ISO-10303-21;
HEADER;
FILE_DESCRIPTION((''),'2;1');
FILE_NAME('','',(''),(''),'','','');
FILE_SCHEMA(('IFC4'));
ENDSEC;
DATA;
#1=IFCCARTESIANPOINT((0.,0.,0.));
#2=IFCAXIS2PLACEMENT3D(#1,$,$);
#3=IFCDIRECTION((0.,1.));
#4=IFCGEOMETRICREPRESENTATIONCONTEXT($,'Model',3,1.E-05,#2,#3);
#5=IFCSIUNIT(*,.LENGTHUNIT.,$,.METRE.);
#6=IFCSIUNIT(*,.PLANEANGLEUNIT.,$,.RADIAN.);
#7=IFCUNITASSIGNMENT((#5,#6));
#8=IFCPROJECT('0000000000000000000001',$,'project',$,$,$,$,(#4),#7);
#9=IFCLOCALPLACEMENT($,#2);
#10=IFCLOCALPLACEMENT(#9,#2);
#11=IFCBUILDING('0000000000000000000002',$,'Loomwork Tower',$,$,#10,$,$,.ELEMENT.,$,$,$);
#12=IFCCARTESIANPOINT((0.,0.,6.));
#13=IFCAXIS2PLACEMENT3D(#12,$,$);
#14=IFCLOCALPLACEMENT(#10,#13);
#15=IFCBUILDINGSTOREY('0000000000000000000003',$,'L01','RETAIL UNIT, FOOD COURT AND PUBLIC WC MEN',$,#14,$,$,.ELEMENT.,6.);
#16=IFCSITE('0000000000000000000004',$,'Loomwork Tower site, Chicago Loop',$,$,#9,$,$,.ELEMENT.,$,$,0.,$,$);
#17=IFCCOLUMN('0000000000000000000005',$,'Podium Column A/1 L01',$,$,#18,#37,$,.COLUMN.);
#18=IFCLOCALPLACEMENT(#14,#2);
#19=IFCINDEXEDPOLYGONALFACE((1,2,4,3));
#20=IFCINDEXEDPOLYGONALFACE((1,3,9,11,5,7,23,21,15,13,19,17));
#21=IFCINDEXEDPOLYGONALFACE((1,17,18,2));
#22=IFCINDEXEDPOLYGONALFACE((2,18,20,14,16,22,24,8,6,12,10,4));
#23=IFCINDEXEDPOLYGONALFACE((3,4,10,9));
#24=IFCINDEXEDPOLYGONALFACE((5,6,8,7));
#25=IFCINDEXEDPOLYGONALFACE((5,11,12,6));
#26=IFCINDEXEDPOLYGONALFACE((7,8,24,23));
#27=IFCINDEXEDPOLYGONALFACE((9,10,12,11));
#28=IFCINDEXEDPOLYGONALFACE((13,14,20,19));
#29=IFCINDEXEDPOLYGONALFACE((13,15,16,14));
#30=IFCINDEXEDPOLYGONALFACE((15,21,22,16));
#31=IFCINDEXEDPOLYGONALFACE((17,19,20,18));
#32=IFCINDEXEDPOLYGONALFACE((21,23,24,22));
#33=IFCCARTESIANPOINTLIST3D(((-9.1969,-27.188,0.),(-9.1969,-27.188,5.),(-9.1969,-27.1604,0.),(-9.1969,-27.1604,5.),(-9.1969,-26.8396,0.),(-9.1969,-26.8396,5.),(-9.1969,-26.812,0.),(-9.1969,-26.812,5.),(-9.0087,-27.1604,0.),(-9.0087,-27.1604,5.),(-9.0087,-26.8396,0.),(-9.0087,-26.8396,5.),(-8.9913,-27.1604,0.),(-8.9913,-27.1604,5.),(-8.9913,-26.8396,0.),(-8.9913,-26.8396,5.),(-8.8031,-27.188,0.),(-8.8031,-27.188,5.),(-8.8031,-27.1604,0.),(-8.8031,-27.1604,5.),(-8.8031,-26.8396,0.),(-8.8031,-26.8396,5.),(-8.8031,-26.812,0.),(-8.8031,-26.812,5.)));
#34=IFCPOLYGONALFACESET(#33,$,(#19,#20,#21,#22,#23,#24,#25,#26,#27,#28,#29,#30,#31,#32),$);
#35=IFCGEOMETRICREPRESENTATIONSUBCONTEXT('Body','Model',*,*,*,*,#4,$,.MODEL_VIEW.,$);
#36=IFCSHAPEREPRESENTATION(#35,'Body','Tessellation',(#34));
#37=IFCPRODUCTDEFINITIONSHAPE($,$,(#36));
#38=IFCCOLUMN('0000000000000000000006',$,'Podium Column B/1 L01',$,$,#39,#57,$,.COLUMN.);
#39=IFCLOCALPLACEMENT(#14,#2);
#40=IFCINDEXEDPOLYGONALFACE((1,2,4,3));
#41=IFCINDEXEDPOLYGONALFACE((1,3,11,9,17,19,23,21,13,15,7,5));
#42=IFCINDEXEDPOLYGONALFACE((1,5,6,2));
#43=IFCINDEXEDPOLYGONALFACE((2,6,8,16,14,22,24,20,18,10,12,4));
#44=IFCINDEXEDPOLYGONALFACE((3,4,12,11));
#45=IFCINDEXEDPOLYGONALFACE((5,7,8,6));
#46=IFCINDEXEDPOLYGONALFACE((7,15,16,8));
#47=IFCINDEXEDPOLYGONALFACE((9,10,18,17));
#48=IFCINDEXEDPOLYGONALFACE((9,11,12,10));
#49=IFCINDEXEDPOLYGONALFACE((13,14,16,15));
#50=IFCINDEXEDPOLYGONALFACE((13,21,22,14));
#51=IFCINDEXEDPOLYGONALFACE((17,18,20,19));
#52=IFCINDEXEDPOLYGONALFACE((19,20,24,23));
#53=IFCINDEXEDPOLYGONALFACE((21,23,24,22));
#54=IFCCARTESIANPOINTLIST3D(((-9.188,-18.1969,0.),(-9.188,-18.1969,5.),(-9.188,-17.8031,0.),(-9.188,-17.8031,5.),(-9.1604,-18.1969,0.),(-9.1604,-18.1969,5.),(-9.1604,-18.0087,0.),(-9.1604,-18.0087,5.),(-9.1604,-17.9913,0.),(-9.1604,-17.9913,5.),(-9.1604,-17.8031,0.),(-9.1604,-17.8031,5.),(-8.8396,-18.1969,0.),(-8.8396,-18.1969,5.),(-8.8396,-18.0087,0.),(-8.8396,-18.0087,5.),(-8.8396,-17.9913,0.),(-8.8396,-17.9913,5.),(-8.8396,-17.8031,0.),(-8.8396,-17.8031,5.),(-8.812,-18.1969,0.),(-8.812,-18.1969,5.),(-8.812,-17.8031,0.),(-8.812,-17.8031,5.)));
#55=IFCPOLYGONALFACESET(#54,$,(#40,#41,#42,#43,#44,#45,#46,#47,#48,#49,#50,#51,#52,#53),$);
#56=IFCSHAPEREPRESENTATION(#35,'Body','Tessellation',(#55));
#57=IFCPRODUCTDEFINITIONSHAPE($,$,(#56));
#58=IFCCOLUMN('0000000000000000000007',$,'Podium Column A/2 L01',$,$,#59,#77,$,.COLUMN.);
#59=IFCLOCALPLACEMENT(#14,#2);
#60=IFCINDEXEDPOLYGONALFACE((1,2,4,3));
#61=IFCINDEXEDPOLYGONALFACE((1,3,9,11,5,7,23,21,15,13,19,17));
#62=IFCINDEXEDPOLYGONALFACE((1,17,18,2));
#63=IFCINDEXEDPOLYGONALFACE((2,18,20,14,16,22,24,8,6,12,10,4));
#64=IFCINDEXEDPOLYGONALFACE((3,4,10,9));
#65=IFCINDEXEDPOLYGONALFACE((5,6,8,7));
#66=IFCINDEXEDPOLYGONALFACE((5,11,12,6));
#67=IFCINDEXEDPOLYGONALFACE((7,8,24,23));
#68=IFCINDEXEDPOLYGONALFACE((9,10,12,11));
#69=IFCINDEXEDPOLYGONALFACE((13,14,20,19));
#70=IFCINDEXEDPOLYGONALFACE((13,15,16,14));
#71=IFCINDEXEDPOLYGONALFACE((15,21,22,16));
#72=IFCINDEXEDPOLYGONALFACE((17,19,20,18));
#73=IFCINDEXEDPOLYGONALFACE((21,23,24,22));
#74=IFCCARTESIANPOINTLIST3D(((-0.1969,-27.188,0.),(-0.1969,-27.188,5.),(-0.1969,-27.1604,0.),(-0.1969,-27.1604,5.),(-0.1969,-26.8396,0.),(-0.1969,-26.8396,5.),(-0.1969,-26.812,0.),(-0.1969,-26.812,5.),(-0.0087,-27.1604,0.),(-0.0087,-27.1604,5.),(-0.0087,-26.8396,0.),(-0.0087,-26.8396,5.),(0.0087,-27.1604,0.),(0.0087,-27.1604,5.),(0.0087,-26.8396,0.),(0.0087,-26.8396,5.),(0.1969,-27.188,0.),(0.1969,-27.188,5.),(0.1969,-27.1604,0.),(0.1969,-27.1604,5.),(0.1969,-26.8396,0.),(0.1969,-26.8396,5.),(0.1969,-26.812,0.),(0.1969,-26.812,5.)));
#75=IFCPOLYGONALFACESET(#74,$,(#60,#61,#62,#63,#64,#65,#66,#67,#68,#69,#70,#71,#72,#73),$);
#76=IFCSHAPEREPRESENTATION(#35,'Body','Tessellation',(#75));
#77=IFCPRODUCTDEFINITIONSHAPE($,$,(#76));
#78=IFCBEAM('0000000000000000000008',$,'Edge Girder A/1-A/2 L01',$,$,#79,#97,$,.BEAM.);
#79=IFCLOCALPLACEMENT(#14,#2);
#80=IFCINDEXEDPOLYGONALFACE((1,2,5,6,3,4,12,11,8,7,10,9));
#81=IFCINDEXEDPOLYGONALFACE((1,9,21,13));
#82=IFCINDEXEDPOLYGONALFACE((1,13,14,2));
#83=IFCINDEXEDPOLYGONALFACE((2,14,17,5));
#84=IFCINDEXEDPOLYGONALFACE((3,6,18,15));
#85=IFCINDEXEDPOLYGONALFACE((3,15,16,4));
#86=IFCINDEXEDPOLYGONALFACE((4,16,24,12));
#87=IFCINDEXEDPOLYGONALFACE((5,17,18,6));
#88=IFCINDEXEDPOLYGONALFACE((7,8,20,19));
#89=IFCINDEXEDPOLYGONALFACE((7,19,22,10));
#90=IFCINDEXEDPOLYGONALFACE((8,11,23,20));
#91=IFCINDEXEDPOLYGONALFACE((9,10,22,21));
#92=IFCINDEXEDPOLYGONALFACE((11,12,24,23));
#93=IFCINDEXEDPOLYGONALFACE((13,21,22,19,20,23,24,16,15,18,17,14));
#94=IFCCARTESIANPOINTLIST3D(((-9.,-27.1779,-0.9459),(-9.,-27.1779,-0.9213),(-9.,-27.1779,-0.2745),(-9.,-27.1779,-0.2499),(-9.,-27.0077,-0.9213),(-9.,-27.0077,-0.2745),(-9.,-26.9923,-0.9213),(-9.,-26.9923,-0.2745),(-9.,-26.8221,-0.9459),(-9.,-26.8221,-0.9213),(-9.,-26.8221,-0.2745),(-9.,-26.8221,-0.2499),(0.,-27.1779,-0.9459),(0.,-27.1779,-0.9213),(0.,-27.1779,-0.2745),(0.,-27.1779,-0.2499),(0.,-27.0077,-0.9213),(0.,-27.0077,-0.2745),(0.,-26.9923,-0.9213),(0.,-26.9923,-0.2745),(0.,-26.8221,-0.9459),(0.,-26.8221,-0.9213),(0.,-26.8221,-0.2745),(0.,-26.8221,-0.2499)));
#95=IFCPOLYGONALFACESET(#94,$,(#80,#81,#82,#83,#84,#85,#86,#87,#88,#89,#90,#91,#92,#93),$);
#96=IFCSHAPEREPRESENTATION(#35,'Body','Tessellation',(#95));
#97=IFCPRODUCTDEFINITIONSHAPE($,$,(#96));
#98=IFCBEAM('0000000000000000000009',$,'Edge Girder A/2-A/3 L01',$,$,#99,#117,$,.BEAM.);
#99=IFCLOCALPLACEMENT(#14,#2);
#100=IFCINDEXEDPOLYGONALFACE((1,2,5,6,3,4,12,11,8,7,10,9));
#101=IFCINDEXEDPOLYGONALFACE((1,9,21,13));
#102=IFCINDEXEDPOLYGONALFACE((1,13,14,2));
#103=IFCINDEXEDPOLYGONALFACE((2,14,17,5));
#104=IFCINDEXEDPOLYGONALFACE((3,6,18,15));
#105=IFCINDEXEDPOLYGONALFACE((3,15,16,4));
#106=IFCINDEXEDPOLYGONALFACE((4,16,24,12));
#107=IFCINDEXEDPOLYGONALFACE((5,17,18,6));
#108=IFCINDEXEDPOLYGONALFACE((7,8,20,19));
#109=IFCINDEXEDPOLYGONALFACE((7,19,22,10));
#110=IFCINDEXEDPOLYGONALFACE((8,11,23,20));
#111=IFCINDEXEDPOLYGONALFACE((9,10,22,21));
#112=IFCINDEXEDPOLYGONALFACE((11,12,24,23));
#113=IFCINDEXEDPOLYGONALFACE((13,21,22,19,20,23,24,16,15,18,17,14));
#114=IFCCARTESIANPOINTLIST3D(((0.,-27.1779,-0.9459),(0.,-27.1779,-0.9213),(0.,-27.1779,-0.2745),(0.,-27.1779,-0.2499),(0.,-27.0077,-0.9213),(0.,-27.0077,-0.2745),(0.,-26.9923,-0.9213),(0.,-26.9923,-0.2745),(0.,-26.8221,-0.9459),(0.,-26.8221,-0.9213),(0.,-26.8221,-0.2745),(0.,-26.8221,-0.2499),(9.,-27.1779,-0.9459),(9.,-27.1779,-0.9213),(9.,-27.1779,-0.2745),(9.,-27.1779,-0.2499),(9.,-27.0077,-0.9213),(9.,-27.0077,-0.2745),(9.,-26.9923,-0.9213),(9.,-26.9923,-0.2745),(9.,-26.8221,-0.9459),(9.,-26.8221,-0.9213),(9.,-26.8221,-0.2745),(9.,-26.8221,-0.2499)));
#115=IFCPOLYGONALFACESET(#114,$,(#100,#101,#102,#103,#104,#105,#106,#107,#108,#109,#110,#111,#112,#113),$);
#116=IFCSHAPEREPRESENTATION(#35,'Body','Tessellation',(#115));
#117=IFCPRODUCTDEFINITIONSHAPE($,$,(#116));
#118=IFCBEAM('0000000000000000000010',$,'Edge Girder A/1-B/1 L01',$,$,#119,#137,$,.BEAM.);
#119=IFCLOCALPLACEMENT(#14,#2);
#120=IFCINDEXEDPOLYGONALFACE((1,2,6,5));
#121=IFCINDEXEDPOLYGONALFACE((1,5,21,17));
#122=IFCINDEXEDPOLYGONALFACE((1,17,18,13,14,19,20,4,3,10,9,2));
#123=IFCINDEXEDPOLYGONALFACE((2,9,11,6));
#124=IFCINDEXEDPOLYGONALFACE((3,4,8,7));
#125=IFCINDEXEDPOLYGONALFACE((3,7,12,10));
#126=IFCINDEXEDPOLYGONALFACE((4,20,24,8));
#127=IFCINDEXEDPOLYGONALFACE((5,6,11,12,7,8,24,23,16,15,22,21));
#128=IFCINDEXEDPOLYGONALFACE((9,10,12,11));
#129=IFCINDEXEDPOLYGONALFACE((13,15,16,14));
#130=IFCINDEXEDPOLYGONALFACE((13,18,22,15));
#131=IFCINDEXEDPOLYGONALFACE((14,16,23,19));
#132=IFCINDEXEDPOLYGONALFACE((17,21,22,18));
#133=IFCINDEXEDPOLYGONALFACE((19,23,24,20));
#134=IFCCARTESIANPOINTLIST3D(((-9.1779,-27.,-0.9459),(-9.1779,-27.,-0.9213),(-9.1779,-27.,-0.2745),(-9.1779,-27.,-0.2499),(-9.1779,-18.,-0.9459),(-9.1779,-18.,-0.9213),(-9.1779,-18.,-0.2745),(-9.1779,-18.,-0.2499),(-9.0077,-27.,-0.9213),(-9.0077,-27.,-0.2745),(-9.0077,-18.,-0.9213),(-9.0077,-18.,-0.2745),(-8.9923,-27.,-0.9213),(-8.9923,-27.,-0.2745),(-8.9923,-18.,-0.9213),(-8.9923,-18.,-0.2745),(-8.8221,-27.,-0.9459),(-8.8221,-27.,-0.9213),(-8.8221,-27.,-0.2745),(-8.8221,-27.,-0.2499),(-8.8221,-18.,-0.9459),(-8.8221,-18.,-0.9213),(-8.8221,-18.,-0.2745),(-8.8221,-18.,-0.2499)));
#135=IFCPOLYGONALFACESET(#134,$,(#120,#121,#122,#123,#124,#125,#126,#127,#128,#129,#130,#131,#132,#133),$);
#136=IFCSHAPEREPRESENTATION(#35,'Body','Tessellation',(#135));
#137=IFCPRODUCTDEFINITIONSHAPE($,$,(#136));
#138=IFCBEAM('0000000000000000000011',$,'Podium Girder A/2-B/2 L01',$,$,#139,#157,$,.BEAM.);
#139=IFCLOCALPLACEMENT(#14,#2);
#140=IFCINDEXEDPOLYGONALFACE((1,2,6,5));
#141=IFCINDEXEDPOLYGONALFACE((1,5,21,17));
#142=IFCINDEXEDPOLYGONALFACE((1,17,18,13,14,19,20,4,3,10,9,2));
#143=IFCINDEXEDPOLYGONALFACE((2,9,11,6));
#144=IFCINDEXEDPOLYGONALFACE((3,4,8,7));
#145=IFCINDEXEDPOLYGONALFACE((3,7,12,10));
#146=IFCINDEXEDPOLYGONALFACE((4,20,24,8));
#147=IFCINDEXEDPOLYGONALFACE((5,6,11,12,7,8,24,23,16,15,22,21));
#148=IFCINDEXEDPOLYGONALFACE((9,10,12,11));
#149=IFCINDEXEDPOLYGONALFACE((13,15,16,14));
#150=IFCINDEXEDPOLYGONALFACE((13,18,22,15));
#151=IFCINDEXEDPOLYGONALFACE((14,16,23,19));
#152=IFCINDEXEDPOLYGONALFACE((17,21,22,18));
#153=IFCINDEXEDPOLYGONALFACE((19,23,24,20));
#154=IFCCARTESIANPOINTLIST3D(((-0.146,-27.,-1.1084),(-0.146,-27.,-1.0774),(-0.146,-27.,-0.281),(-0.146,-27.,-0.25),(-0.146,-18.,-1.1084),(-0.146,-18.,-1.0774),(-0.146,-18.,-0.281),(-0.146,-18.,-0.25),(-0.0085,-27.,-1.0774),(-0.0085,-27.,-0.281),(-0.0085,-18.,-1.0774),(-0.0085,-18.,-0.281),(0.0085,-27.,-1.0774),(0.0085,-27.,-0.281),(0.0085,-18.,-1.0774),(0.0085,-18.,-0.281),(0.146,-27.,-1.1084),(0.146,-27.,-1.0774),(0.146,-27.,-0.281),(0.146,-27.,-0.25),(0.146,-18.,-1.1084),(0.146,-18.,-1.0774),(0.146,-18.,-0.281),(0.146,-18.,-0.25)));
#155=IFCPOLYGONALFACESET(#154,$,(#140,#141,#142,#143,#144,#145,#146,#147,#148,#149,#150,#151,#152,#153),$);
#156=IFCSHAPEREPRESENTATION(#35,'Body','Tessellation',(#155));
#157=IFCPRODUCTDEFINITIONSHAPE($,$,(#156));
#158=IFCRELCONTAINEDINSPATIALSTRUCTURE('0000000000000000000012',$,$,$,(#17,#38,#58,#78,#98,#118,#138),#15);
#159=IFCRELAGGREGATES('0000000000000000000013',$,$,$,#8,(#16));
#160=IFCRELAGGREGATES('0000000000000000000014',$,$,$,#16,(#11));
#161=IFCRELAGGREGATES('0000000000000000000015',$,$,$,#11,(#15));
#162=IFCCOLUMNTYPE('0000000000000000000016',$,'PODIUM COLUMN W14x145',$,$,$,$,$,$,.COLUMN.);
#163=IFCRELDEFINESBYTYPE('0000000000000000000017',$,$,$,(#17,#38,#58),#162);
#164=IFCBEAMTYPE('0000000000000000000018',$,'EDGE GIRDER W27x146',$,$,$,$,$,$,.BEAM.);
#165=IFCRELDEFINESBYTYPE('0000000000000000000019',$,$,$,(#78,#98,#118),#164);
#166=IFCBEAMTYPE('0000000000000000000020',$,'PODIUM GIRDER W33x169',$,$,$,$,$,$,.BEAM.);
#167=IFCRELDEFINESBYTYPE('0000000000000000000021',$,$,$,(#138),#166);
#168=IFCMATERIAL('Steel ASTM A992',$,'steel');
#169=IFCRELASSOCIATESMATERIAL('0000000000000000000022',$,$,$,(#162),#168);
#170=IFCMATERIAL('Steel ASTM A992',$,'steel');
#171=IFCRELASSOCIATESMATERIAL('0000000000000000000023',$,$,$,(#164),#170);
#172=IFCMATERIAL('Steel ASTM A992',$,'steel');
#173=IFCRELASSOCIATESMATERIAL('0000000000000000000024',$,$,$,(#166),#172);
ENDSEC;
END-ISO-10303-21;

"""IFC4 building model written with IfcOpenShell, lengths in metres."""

from ifc_helpers import new_model, si_unit, direction, frame, origin, origin_2d, place, context, subcontext, project, spatial, i_section, extrude, material, material_profile, profile_set, type_object, element, save


model = new_model("IFC4")

# Units and contexts
model_context = context("Model", 3, precision=1e-05, world=origin(), true_north=direction((0.0, 1.0)))
body_context = subcontext(model_context, "Body", "Model", "MODEL_VIEW")
ifc_project = project(units=[si_unit("LENGTHUNIT", "METRE"), si_unit("PLANEANGLEUNIT", "RADIAN")], contexts=[model_context])

# Site, building, storey
site_placement = place(None, origin())
site = spatial("IfcSite", under=ifc_project, at=site_placement, Name="Loomwork Tower site, Chicago Loop", CompositionType="ELEMENT", RefElevation=0.0)
building_placement = place(site_placement, origin())
building = spatial("IfcBuilding", under=site, at=building_placement, Name="Loomwork Tower", CompositionType="ELEMENT")
storey_placement = place(building_placement, frame((0.0, 0.0, 6.0)))
storey = spatial("IfcBuildingStorey", under=building, at=storey_placement, Name="L01", Description="RETAIL UNIT, FOOD COURT AND PUBLIC WC MEN", CompositionType="ELEMENT", Elevation=6.0)

# Columns
ifc_material_1 = material(Name="Steel ASTM A992", Category="steel")
ifc_material_profile_1 = material_profile(ifc_material_1, i_section(OverallWidth=0.3938, OverallDepth=0.376, WebThickness=0.0173, FlangeThickness=0.0276, at=origin_2d()), Name="W14x145")
ifc_profile_set_1 = profile_set([ifc_material_profile_1], Name="Steel ASTM A992")
column_type = type_object("IfcColumnType", Name="PODIUM COLUMN W14x145", PredefinedType="COLUMN", material=ifc_profile_set_1)
for number, where, z_axis, x_axis, name in (
    (1, (-9.0, -27.0, 0.0), (0.0, 0.0, 1.0), (1.0, 0.0, 0.0), "Podium Column A/1 L01"),
    (2, (-9.0, -18.0, 0.0), (0.0, 0.0, 1.0), (0.0, 1.0, 0.0), "Podium Column B/1 L01"),
    (3, (0.0, -27.0, 0.0), (0.0, 0.0, 1.0), (1.0, 0.0, 0.0), "Podium Column A/2 L01"),
):
    element("IfcColumn", number, at=place(storey_placement, frame(where, z_axis=z_axis, x_axis=x_axis)), inside=storey, type_object=column_type, Name=name, PredefinedType="COLUMN", context=body_context, shape_type="SweptSolid", body=[
        extrude(i_section(OverallWidth=0.3938, OverallDepth=0.376, WebThickness=0.0173, FlangeThickness=0.0276, at=origin_2d()), origin(), (0.0, 0.0, 1.0), 5.0),
    ])

# Beams
ifc_material_2 = material(Name="Steel ASTM A992", Category="steel")
ifc_material_profile_2 = material_profile(ifc_material_2, i_section(OverallWidth=0.3557, OverallDepth=0.696, WebThickness=0.0154, FlangeThickness=0.0247, at=origin_2d()), Name="W27x146")
ifc_profile_set_2 = profile_set([ifc_material_profile_2], Name="Steel ASTM A992")
beam_type_1 = type_object("IfcBeamType", Name="EDGE GIRDER W27x146", PredefinedType="BEAM", material=ifc_profile_set_2)
for number, where, z_axis, x_axis, name in (
    (4, (-9.0, -27.0, -0.5979), (1.0, 0.0, 0.0), (0.0, 1.0, 0.0), "Edge Girder A/1-A/2 L01"),
    (5, (0.0, -27.0, -0.5979), (1.0, 0.0, 0.0), (0.0, 1.0, 0.0), "Edge Girder A/2-A/3 L01"),
    (6, (-9.0, -27.0, -0.5979), (0.0, 1.0, 0.0), (-1.0, 0.0, 0.0), "Edge Girder A/1-B/1 L01"),
):
    element("IfcBeam", number, at=place(storey_placement, frame(where, z_axis=z_axis, x_axis=x_axis)), inside=storey, type_object=beam_type_1, Name=name, PredefinedType="BEAM", context=body_context, shape_type="SweptSolid", body=[
        extrude(i_section(OverallWidth=0.3557, OverallDepth=0.696, WebThickness=0.0154, FlangeThickness=0.0247, at=origin_2d()), origin(), (0.0, 0.0, 1.0), 9.0),
    ])
ifc_material_3 = material(Name="Steel ASTM A992", Category="steel")
ifc_material_profile_3 = material_profile(ifc_material_3, i_section(OverallWidth=0.292, OverallDepth=0.8584, WebThickness=0.0171, FlangeThickness=0.031, at=origin_2d()), Name="W33x169")
ifc_profile_set_3 = profile_set([ifc_material_profile_3], Name="Steel ASTM A992")
beam_type_2 = type_object("IfcBeamType", Name="PODIUM GIRDER W33x169", PredefinedType="BEAM", material=ifc_profile_set_3)
beam_placement = place(storey_placement, frame((0.0, -27.0, -0.6792), z_axis=(0.0, 1.0, 0.0), x_axis=(-1.0, 0.0, 0.0)))
element("IfcBeam", 7, at=beam_placement, inside=storey, type_object=beam_type_2, Name="Podium Girder A/2-B/2 L01", PredefinedType="BEAM", context=body_context, shape_type="SweptSolid", body=[
    extrude(i_section(OverallWidth=0.292, OverallDepth=0.8584, WebThickness=0.0171, FlangeThickness=0.031, at=origin_2d()), origin(), (0.0, 0.0, 1.0), 9.0),
])

save(model, "model.ifc")
